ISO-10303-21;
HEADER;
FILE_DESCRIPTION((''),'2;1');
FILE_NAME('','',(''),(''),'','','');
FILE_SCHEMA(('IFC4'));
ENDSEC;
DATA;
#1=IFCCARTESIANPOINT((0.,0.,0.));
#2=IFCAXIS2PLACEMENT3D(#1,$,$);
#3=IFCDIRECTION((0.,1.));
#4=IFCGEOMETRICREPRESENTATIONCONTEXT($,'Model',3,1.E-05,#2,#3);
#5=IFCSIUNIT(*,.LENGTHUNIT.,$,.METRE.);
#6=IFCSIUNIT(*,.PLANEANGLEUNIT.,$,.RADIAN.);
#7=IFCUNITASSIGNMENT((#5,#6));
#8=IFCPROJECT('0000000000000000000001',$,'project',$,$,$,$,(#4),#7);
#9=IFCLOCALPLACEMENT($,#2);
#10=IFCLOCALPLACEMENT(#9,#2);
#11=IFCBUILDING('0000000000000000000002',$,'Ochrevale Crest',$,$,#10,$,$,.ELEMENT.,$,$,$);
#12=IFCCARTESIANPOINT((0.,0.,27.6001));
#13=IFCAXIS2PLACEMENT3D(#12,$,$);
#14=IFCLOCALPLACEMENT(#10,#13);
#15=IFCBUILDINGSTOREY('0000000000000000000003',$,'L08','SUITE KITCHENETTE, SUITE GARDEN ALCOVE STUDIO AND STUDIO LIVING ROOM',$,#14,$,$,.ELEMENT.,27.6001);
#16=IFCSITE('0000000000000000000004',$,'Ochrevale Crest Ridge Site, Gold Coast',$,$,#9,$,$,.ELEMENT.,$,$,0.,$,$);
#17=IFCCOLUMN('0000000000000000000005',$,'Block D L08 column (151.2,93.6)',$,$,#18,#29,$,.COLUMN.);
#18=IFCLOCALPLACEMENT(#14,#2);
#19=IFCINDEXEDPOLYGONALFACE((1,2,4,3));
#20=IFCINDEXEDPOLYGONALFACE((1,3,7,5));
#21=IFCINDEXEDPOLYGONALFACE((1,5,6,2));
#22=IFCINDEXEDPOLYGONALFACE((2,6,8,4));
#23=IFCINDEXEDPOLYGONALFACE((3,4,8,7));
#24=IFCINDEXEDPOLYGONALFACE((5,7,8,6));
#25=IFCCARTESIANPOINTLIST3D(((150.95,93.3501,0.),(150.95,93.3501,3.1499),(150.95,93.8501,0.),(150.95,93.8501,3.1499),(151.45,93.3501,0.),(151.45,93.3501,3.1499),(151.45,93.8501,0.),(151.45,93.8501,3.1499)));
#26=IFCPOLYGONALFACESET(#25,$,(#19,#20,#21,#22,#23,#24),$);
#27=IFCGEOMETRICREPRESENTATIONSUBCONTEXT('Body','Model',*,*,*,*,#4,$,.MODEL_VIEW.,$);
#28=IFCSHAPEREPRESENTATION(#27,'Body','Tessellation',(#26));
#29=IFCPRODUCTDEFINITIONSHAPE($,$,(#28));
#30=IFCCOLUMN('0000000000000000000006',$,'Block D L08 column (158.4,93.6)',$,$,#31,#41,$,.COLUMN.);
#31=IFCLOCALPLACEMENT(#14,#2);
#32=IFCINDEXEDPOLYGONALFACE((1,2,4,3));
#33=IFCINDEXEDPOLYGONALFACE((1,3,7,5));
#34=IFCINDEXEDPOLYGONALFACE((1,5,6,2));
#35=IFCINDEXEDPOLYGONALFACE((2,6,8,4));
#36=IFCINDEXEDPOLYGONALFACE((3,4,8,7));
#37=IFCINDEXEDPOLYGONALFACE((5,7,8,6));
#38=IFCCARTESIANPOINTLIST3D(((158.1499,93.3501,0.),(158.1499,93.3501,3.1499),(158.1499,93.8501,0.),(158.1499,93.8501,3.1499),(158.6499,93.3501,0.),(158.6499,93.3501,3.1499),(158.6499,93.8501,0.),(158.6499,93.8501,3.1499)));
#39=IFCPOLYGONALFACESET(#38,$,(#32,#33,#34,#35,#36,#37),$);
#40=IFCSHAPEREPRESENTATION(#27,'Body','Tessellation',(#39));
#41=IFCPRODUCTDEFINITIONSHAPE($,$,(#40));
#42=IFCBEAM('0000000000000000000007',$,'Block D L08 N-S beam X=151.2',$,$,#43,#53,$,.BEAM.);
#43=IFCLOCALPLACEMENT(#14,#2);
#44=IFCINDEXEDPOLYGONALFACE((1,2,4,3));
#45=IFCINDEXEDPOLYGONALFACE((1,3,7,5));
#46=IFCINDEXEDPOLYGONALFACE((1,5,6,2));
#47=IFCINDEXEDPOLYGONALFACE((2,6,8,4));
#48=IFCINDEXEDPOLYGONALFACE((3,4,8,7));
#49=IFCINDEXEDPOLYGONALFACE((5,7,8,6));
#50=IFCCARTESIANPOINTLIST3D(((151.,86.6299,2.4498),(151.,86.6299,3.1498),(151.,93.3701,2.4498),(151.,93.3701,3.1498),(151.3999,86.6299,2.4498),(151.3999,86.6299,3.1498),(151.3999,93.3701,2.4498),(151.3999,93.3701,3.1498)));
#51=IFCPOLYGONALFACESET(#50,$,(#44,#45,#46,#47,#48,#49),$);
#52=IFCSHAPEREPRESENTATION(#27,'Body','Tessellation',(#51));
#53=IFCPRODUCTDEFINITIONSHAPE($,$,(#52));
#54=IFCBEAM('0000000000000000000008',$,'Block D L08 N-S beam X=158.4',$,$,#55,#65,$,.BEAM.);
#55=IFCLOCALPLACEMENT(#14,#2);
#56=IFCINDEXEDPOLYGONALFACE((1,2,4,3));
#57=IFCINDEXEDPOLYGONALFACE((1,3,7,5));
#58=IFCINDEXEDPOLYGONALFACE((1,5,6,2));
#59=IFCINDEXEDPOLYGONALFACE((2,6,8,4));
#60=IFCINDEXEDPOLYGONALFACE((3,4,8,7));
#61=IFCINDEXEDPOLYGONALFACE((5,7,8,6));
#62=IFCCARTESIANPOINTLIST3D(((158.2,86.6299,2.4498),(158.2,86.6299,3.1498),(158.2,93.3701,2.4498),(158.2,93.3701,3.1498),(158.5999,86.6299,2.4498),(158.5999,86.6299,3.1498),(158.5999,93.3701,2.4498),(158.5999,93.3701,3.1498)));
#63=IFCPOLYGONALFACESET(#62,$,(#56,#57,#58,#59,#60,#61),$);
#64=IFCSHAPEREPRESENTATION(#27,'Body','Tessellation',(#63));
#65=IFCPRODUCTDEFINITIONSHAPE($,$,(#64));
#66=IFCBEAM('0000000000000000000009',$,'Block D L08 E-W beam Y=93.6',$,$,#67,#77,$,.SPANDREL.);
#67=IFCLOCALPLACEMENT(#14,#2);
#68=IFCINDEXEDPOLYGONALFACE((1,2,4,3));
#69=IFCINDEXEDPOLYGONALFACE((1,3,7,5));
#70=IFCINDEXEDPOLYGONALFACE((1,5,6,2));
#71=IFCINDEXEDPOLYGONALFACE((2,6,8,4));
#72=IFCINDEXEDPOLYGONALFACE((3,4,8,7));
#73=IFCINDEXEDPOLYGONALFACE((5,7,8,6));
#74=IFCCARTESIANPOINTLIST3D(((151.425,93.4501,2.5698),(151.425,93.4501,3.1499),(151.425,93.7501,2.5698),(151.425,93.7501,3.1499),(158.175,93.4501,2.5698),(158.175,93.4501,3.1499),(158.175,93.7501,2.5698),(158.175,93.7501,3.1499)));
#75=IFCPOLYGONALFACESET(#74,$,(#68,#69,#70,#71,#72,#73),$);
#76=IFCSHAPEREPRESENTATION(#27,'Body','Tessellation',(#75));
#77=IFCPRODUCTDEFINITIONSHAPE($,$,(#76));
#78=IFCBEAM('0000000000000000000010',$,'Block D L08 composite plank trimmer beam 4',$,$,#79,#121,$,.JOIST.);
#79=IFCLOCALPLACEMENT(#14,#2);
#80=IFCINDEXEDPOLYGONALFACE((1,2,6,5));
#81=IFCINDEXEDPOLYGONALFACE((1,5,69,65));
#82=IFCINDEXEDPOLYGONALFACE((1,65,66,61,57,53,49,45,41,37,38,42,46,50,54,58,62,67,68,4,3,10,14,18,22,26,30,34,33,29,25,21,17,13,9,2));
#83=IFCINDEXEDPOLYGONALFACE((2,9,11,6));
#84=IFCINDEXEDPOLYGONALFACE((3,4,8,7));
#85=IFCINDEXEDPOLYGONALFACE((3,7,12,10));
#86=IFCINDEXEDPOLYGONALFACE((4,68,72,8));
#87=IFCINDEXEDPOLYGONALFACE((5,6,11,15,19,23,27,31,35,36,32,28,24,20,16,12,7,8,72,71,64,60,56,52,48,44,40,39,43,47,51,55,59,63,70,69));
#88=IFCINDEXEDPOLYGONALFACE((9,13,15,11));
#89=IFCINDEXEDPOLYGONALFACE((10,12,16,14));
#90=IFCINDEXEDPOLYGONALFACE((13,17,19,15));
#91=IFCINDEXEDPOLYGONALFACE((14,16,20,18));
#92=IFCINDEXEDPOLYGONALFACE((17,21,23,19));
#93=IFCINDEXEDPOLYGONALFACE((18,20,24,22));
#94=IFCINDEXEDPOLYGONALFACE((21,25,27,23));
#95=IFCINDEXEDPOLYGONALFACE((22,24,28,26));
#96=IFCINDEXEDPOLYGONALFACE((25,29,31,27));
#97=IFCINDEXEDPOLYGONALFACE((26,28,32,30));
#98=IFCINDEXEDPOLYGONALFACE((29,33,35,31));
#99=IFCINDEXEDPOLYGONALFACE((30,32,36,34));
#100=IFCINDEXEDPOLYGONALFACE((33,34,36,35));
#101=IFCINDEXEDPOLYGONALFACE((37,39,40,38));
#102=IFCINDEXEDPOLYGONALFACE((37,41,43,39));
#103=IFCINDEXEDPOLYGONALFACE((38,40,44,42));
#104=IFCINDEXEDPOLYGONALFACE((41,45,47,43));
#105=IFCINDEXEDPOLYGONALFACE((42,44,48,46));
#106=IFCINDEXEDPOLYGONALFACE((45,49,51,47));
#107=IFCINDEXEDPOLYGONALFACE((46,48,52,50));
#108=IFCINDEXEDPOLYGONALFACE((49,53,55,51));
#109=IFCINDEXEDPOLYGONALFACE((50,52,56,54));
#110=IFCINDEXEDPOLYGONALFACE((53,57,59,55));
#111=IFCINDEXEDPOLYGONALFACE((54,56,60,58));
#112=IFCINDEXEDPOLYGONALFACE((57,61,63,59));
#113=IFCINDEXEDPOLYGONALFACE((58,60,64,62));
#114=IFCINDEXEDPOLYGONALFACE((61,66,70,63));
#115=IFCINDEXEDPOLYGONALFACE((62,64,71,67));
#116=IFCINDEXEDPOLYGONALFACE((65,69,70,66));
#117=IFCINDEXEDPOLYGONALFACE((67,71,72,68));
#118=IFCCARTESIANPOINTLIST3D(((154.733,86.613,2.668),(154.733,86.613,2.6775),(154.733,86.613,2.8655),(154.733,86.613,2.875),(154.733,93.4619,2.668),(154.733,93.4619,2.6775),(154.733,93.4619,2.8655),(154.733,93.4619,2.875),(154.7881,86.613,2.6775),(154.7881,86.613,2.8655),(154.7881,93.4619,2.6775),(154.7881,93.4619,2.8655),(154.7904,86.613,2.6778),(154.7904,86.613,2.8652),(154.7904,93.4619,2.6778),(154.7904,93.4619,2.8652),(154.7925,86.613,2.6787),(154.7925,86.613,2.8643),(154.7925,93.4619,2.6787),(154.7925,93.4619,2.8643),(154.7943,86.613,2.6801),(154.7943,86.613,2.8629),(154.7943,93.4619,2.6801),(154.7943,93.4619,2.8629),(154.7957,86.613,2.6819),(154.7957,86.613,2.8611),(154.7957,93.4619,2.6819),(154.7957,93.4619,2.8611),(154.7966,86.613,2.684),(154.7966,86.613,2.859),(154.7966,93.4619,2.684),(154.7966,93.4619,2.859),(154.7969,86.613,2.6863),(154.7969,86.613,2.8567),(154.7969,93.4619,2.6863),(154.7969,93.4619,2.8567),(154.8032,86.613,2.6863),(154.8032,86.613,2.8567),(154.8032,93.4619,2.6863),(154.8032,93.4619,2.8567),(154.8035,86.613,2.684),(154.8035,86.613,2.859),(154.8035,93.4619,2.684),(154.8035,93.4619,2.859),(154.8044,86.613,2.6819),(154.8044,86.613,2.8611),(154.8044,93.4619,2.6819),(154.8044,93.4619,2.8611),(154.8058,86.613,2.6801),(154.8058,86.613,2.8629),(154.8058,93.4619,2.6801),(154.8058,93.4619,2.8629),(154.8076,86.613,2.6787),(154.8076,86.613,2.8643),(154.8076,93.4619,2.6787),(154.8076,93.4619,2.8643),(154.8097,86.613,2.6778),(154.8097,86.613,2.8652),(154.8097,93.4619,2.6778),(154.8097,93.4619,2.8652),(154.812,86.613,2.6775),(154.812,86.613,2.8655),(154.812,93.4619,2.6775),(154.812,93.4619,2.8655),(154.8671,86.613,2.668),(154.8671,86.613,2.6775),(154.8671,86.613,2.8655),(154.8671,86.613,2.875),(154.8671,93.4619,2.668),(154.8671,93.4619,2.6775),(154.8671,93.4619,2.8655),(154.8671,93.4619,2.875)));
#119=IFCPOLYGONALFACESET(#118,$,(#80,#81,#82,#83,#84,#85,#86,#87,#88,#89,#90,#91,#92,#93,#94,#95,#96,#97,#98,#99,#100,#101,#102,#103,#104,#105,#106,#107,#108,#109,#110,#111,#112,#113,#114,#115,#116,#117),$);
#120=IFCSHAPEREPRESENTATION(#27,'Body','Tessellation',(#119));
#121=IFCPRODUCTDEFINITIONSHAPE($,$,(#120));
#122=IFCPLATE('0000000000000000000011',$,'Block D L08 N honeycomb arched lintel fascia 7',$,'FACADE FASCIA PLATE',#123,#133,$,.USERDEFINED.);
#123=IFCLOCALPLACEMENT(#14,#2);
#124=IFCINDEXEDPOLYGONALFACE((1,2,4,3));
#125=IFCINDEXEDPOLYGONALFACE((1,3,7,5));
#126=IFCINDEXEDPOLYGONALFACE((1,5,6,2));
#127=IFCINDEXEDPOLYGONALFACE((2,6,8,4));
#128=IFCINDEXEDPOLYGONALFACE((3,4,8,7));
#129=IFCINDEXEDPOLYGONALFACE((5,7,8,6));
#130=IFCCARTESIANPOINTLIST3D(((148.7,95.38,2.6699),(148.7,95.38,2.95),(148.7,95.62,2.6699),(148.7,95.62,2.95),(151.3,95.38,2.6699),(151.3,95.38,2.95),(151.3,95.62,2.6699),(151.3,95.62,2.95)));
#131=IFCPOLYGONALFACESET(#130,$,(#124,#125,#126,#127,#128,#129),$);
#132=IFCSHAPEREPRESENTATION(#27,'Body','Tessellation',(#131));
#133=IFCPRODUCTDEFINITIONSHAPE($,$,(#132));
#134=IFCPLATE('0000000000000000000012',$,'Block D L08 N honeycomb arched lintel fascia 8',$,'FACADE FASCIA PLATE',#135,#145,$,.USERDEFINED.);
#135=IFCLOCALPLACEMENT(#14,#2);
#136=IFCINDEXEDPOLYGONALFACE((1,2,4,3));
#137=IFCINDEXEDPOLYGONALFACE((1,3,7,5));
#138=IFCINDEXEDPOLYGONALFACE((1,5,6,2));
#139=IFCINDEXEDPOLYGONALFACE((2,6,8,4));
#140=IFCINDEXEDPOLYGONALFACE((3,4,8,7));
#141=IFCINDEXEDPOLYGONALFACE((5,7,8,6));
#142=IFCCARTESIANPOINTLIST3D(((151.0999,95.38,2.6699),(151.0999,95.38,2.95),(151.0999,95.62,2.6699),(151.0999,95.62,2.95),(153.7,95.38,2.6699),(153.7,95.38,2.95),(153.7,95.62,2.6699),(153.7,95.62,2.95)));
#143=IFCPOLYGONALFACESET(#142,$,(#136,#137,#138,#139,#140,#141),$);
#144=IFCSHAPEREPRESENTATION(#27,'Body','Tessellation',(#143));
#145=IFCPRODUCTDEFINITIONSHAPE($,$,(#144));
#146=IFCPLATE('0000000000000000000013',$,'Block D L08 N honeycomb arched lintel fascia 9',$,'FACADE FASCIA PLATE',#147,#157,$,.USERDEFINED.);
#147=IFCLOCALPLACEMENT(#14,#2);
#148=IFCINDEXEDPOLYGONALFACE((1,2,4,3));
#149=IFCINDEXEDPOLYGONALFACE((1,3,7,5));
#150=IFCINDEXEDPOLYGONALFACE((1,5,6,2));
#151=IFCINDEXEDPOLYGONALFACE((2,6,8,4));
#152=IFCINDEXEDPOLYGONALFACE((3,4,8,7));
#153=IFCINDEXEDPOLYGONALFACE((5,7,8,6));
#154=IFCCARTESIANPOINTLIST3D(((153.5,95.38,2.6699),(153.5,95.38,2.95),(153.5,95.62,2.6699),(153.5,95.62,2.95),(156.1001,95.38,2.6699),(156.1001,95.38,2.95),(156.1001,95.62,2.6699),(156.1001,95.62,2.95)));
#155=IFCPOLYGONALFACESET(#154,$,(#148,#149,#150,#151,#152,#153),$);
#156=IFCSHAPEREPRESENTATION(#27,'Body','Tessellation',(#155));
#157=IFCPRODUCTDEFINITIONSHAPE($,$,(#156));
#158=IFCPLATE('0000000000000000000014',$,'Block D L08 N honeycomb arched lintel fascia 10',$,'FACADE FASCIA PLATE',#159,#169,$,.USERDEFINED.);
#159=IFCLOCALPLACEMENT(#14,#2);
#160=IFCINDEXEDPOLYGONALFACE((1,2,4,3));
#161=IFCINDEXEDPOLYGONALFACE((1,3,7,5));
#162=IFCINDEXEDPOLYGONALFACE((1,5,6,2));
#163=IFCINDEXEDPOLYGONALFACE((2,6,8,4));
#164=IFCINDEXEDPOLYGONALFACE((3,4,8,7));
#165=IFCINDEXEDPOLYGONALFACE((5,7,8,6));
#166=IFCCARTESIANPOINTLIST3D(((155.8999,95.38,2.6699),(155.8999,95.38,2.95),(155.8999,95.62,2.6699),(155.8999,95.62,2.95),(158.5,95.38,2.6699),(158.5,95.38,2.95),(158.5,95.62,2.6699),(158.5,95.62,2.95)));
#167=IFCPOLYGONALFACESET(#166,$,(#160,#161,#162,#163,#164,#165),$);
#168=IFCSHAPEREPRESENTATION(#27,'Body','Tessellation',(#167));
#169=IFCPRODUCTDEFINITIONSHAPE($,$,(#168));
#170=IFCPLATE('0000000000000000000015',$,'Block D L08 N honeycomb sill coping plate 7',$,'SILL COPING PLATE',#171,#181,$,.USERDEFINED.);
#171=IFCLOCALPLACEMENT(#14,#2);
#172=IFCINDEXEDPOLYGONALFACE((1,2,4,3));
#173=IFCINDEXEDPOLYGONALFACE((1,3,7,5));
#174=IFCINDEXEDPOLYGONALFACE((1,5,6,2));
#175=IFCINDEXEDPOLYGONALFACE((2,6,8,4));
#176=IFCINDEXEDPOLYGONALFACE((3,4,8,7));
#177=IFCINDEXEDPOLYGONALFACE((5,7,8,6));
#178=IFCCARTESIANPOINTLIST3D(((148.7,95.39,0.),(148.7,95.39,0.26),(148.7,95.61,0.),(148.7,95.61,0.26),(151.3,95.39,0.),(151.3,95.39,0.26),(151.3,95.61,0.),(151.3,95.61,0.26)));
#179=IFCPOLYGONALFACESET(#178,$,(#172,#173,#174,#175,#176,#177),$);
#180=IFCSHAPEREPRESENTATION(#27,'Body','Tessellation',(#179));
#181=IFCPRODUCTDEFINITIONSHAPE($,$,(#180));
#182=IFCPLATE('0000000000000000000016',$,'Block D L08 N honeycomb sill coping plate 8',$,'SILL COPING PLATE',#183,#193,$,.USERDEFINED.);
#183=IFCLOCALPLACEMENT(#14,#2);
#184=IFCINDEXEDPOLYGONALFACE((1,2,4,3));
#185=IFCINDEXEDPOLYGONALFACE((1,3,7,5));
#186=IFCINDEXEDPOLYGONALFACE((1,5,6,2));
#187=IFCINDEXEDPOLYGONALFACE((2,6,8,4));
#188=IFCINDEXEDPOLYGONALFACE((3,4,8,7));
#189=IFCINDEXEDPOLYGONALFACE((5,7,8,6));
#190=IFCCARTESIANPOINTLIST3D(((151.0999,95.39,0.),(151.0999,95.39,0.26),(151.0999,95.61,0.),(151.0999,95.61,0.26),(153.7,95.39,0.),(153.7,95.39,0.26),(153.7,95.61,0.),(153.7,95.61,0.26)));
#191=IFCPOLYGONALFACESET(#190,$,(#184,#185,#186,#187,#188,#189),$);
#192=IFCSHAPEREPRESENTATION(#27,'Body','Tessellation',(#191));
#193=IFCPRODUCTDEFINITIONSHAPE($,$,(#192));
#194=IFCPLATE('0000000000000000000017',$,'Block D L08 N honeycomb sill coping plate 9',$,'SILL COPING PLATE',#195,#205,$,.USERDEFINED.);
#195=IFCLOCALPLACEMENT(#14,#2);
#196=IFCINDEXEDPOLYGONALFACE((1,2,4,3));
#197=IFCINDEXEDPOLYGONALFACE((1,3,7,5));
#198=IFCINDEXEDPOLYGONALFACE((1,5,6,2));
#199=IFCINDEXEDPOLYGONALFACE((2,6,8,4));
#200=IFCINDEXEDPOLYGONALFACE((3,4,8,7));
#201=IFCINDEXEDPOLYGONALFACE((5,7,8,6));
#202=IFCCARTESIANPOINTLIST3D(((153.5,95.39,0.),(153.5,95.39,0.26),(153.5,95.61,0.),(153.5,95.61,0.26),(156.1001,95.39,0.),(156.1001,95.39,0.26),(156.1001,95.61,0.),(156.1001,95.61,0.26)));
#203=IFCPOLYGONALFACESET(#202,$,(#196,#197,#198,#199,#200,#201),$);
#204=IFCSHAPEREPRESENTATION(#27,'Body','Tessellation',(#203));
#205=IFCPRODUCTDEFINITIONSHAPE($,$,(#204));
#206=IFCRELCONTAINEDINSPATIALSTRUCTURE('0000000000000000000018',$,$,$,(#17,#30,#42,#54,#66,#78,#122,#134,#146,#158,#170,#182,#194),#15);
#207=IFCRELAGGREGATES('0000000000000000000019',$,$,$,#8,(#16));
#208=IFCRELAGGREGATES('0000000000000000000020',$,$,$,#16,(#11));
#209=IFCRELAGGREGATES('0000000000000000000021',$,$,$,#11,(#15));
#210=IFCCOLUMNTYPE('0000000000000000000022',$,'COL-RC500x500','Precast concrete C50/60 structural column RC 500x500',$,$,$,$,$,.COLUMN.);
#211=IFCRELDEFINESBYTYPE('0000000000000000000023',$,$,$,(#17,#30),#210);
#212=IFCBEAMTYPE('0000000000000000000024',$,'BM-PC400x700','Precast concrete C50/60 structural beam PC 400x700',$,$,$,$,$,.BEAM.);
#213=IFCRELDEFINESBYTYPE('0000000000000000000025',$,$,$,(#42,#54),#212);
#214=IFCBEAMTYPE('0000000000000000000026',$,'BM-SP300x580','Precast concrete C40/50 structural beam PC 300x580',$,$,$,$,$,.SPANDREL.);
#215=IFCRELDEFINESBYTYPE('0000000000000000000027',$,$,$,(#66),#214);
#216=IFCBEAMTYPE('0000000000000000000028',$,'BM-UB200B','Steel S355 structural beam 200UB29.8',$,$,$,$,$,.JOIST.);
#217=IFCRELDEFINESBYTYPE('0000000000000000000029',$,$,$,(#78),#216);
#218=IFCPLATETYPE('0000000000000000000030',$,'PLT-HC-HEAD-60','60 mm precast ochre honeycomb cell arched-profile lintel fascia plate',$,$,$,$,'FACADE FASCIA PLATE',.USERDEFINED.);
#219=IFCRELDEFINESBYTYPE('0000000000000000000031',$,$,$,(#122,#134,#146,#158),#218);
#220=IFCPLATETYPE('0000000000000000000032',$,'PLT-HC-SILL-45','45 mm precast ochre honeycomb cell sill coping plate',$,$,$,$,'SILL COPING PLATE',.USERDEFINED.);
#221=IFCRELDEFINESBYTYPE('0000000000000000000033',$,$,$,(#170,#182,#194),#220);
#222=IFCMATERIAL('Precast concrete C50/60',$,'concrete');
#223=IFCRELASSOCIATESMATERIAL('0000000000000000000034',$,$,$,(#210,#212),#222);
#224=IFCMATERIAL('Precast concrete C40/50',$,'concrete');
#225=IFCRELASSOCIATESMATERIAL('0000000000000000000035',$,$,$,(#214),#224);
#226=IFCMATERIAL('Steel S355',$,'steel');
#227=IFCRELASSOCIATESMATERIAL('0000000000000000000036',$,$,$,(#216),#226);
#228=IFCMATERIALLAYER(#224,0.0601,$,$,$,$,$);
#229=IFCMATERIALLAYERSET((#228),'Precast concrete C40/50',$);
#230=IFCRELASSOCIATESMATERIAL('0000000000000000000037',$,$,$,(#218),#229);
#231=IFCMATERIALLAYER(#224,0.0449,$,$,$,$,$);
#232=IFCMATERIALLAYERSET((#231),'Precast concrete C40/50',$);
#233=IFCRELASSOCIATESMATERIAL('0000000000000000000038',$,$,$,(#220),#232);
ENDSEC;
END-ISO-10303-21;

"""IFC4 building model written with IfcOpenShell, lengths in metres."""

from ifc_helpers import new_model, si_unit, direction, frame, origin, origin_2d, place, context, subcontext, project, spatial, rectangle, i_section, extrude, material, layer, layer_set, material_profile, profile_set, type_object, element, save


model = new_model("IFC4")

# Units and contexts
model_context = context("Model", 3, precision=1e-05, world=origin(), true_north=direction((0.0, 1.0)))
body_context = subcontext(model_context, "Body", "Model", "MODEL_VIEW")
ifc_project = project(units=[si_unit("LENGTHUNIT", "METRE"), si_unit("PLANEANGLEUNIT", "RADIAN")], contexts=[model_context])

# Site, building, storey
site_placement = place(None, origin())
site = spatial("IfcSite", under=ifc_project, at=site_placement, Name="Ochrevale Crest Ridge Site, Gold Coast", CompositionType="ELEMENT", RefElevation=0.0)
building_placement = place(site_placement, origin())
building = spatial("IfcBuilding", under=site, at=building_placement, Name="Ochrevale Crest", CompositionType="ELEMENT")
storey_placement = place(building_placement, frame((0.0, 0.0, 27.6001)))
storey = spatial("IfcBuildingStorey", under=building, at=storey_placement, Name="L08", Description="SUITE KITCHENETTE, SUITE GARDEN ALCOVE STUDIO AND STUDIO LIVING ROOM", CompositionType="ELEMENT", Elevation=27.6001)

# Columns
ifc_material_1 = material(Name="Precast concrete C50/60", Category="concrete")
ifc_material_profile_1 = material_profile(ifc_material_1, rectangle(XDim=0.5, YDim=0.5, at=origin_2d()), Name="RC 500x500")
ifc_profile_set_1 = profile_set([ifc_material_profile_1], Name="Precast concrete C50/60")
column_type = type_object("IfcColumnType", Name="COL-RC500x500", Description="Precast concrete C50/60 structural column RC 500x500", PredefinedType="COLUMN", material=ifc_profile_set_1)
for number, where, z_axis, x_axis, name in (
    (1, (151.2, 93.6001, 0.0), (0.0, 0.0, 1.0), (1.0, 0.0, 0.0), "Block D L08 column (151.2,93.6)"),
    (2, (158.3999, 93.6001, 0.0), (0.0, 0.0, 1.0), (1.0, 0.0, 0.0), "Block D L08 column (158.4,93.6)"),
):
    element("IfcColumn", number, at=place(storey_placement, frame(where, z_axis=z_axis, x_axis=x_axis)), inside=storey, type_object=column_type, Name=name, PredefinedType="COLUMN", context=body_context, shape_type="SweptSolid", body=[
        extrude(rectangle(XDim=0.5, YDim=0.5, at=origin_2d()), origin(), (0.0, 0.0, 1.0), 3.1499),
    ])

# Beams
ifc_material_profile_2 = material_profile(ifc_material_1, rectangle(XDim=0.3999, YDim=0.7, at=origin_2d()), Name="PC 400x700")
ifc_profile_set_2 = profile_set([ifc_material_profile_2], Name="Precast concrete C50/60")
beam_type_1 = type_object("IfcBeamType", Name="BM-PC400x700", Description="Precast concrete C50/60 structural beam PC 400x700", PredefinedType="BEAM", material=ifc_profile_set_2)
for number, where, z_axis, x_axis, name in (
    (3, (151.2, 86.6299, 2.7998), (0.0, 1.0, 0.0), (-1.0, 0.0, 0.0), "Block D L08 N-S beam X=151.2"),
    (4, (158.3999, 86.6299, 2.7998), (0.0, 1.0, 0.0), (-1.0, 0.0, 0.0), "Block D L08 N-S beam X=158.4"),
):
    element("IfcBeam", number, at=place(storey_placement, frame(where, z_axis=z_axis, x_axis=x_axis)), inside=storey, type_object=beam_type_1, Name=name, PredefinedType="BEAM", context=body_context, shape_type="SweptSolid", body=[
        extrude(rectangle(XDim=0.3999, YDim=0.7, at=origin_2d()), origin(), (0.0, 0.0, 1.0), 6.7402),
    ])
ifc_material_2 = material(Name="Precast concrete C40/50", Category="concrete")
ifc_material_profile_3 = material_profile(ifc_material_2, rectangle(XDim=0.3, YDim=0.5801, at=origin_2d()), Name="PC 300x580")
ifc_profile_set_3 = profile_set([ifc_material_profile_3], Name="Precast concrete C40/50")
beam_type_2 = type_object("IfcBeamType", Name="BM-SP300x580", Description="Precast concrete C40/50 structural beam PC 300x580", PredefinedType="SPANDREL", material=ifc_profile_set_3)
beam_1_placement = place(storey_placement, frame((151.425, 93.6001, 2.8599), z_axis=(1.0, 0.0, 0.0), x_axis=(0.0, 1.0, 0.0)))
element("IfcBeam", 5, at=beam_1_placement, inside=storey, type_object=beam_type_2, Name="Block D L08 E-W beam Y=93.6", PredefinedType="SPANDREL", context=body_context, shape_type="SweptSolid", body=[
    extrude(rectangle(XDim=0.3, YDim=0.5801, at=origin_2d()), origin(), (0.0, 0.0, 1.0), 6.75),
])
ifc_material_3 = material(Name="Steel S355", Category="steel")
ifc_material_profile_4 = material_profile(ifc_material_3, i_section(OverallWidth=0.134, OverallDepth=0.207, WebThickness=0.0063, FlangeThickness=0.0095, FilletRadius=0.0088, at=origin_2d()), Name="200UB29.8")
ifc_profile_set_4 = profile_set([ifc_material_profile_4], Name="Steel S355")
beam_type_3 = type_object("IfcBeamType", Name="BM-UB200B", Description="Steel S355 structural beam 200UB29.8", PredefinedType="JOIST", material=ifc_profile_set_4)
beam_2_placement = place(storey_placement, frame((154.8, 86.613, 2.7715), z_axis=(0.0, 1.0, 0.0), x_axis=(-1.0, 0.0, 0.0)))
element("IfcBeam", 6, at=beam_2_placement, inside=storey, type_object=beam_type_3, Name="Block D L08 composite plank trimmer beam 4", PredefinedType="JOIST", context=body_context, shape_type="SweptSolid", body=[
    extrude(i_section(OverallWidth=0.134, OverallDepth=0.207, WebThickness=0.0063, FlangeThickness=0.0095, FilletRadius=0.0088, at=origin_2d()), origin(), (0.0, 0.0, 1.0), 6.8489),
])

# Plates
ifc_layer_1 = layer(ifc_material_2, 0.0601)
ifc_layer_set_1 = layer_set([ifc_layer_1], Name="Precast concrete C40/50")
plate_type_1 = type_object("IfcPlateType", Name="PLT-HC-HEAD-60", Description="60 mm precast ochre honeycomb cell arched-profile lintel fascia plate", ElementType="FACADE FASCIA PLATE", PredefinedType="USERDEFINED", material=ifc_layer_set_1)
for number, where, z_axis, x_axis, name in (
    (7, (150.0, 95.5, 2.6699), (0.0, 0.0, 1.0), (1.0, 0.0, 0.0), "Block D L08 N honeycomb arched lintel fascia 7"),
    (8, (152.3999, 95.5, 2.6699), (0.0, 0.0, 1.0), (1.0, 0.0, 0.0), "Block D L08 N honeycomb arched lintel fascia 8"),
    (9, (154.8, 95.5, 2.6699), (0.0, 0.0, 1.0), (1.0, 0.0, 0.0), "Block D L08 N honeycomb arched lintel fascia 9"),
    (10, (157.2, 95.5, 2.6699), (0.0, 0.0, 1.0), (1.0, 0.0, 0.0), "Block D L08 N honeycomb arched lintel fascia 10"),
):
    element("IfcPlate", number, at=place(storey_placement, frame(where, z_axis=z_axis, x_axis=x_axis)), inside=storey, type_object=plate_type_1, Name=name, ObjectType="FACADE FASCIA PLATE", PredefinedType="USERDEFINED", context=body_context, shape_type="SweptSolid", body=[
        extrude(rectangle(XDim=2.6001, YDim=0.24, at=origin_2d()), origin(), (0.0, 0.0, 1.0), 0.28),
    ])
ifc_layer_2 = layer(ifc_material_2, 0.0449)
ifc_layer_set_2 = layer_set([ifc_layer_2], Name="Precast concrete C40/50")
plate_type_2 = type_object("IfcPlateType", Name="PLT-HC-SILL-45", Description="45 mm precast ochre honeycomb cell sill coping plate", ElementType="SILL COPING PLATE", PredefinedType="USERDEFINED", material=ifc_layer_set_2)
for number, where, z_axis, x_axis, name in (
    (11, (150.0, 95.5, 0.0), (0.0, 0.0, 1.0), (1.0, 0.0, 0.0), "Block D L08 N honeycomb sill coping plate 7"),
    (12, (152.3999, 95.5, 0.0), (0.0, 0.0, 1.0), (1.0, 0.0, 0.0), "Block D L08 N honeycomb sill coping plate 8"),
    (13, (154.8, 95.5, 0.0), (0.0, 0.0, 1.0), (1.0, 0.0, 0.0), "Block D L08 N honeycomb sill coping plate 9"),
):
    element("IfcPlate", number, at=place(storey_placement, frame(where, z_axis=z_axis, x_axis=x_axis)), inside=storey, type_object=plate_type_2, Name=name, ObjectType="SILL COPING PLATE", PredefinedType="USERDEFINED", context=body_context, shape_type="SweptSolid", body=[
        extrude(rectangle(XDim=2.6001, YDim=0.22, at=origin_2d()), origin(), (0.0, 0.0, 1.0), 0.26),
    ])

save(model, "model.ifc")
